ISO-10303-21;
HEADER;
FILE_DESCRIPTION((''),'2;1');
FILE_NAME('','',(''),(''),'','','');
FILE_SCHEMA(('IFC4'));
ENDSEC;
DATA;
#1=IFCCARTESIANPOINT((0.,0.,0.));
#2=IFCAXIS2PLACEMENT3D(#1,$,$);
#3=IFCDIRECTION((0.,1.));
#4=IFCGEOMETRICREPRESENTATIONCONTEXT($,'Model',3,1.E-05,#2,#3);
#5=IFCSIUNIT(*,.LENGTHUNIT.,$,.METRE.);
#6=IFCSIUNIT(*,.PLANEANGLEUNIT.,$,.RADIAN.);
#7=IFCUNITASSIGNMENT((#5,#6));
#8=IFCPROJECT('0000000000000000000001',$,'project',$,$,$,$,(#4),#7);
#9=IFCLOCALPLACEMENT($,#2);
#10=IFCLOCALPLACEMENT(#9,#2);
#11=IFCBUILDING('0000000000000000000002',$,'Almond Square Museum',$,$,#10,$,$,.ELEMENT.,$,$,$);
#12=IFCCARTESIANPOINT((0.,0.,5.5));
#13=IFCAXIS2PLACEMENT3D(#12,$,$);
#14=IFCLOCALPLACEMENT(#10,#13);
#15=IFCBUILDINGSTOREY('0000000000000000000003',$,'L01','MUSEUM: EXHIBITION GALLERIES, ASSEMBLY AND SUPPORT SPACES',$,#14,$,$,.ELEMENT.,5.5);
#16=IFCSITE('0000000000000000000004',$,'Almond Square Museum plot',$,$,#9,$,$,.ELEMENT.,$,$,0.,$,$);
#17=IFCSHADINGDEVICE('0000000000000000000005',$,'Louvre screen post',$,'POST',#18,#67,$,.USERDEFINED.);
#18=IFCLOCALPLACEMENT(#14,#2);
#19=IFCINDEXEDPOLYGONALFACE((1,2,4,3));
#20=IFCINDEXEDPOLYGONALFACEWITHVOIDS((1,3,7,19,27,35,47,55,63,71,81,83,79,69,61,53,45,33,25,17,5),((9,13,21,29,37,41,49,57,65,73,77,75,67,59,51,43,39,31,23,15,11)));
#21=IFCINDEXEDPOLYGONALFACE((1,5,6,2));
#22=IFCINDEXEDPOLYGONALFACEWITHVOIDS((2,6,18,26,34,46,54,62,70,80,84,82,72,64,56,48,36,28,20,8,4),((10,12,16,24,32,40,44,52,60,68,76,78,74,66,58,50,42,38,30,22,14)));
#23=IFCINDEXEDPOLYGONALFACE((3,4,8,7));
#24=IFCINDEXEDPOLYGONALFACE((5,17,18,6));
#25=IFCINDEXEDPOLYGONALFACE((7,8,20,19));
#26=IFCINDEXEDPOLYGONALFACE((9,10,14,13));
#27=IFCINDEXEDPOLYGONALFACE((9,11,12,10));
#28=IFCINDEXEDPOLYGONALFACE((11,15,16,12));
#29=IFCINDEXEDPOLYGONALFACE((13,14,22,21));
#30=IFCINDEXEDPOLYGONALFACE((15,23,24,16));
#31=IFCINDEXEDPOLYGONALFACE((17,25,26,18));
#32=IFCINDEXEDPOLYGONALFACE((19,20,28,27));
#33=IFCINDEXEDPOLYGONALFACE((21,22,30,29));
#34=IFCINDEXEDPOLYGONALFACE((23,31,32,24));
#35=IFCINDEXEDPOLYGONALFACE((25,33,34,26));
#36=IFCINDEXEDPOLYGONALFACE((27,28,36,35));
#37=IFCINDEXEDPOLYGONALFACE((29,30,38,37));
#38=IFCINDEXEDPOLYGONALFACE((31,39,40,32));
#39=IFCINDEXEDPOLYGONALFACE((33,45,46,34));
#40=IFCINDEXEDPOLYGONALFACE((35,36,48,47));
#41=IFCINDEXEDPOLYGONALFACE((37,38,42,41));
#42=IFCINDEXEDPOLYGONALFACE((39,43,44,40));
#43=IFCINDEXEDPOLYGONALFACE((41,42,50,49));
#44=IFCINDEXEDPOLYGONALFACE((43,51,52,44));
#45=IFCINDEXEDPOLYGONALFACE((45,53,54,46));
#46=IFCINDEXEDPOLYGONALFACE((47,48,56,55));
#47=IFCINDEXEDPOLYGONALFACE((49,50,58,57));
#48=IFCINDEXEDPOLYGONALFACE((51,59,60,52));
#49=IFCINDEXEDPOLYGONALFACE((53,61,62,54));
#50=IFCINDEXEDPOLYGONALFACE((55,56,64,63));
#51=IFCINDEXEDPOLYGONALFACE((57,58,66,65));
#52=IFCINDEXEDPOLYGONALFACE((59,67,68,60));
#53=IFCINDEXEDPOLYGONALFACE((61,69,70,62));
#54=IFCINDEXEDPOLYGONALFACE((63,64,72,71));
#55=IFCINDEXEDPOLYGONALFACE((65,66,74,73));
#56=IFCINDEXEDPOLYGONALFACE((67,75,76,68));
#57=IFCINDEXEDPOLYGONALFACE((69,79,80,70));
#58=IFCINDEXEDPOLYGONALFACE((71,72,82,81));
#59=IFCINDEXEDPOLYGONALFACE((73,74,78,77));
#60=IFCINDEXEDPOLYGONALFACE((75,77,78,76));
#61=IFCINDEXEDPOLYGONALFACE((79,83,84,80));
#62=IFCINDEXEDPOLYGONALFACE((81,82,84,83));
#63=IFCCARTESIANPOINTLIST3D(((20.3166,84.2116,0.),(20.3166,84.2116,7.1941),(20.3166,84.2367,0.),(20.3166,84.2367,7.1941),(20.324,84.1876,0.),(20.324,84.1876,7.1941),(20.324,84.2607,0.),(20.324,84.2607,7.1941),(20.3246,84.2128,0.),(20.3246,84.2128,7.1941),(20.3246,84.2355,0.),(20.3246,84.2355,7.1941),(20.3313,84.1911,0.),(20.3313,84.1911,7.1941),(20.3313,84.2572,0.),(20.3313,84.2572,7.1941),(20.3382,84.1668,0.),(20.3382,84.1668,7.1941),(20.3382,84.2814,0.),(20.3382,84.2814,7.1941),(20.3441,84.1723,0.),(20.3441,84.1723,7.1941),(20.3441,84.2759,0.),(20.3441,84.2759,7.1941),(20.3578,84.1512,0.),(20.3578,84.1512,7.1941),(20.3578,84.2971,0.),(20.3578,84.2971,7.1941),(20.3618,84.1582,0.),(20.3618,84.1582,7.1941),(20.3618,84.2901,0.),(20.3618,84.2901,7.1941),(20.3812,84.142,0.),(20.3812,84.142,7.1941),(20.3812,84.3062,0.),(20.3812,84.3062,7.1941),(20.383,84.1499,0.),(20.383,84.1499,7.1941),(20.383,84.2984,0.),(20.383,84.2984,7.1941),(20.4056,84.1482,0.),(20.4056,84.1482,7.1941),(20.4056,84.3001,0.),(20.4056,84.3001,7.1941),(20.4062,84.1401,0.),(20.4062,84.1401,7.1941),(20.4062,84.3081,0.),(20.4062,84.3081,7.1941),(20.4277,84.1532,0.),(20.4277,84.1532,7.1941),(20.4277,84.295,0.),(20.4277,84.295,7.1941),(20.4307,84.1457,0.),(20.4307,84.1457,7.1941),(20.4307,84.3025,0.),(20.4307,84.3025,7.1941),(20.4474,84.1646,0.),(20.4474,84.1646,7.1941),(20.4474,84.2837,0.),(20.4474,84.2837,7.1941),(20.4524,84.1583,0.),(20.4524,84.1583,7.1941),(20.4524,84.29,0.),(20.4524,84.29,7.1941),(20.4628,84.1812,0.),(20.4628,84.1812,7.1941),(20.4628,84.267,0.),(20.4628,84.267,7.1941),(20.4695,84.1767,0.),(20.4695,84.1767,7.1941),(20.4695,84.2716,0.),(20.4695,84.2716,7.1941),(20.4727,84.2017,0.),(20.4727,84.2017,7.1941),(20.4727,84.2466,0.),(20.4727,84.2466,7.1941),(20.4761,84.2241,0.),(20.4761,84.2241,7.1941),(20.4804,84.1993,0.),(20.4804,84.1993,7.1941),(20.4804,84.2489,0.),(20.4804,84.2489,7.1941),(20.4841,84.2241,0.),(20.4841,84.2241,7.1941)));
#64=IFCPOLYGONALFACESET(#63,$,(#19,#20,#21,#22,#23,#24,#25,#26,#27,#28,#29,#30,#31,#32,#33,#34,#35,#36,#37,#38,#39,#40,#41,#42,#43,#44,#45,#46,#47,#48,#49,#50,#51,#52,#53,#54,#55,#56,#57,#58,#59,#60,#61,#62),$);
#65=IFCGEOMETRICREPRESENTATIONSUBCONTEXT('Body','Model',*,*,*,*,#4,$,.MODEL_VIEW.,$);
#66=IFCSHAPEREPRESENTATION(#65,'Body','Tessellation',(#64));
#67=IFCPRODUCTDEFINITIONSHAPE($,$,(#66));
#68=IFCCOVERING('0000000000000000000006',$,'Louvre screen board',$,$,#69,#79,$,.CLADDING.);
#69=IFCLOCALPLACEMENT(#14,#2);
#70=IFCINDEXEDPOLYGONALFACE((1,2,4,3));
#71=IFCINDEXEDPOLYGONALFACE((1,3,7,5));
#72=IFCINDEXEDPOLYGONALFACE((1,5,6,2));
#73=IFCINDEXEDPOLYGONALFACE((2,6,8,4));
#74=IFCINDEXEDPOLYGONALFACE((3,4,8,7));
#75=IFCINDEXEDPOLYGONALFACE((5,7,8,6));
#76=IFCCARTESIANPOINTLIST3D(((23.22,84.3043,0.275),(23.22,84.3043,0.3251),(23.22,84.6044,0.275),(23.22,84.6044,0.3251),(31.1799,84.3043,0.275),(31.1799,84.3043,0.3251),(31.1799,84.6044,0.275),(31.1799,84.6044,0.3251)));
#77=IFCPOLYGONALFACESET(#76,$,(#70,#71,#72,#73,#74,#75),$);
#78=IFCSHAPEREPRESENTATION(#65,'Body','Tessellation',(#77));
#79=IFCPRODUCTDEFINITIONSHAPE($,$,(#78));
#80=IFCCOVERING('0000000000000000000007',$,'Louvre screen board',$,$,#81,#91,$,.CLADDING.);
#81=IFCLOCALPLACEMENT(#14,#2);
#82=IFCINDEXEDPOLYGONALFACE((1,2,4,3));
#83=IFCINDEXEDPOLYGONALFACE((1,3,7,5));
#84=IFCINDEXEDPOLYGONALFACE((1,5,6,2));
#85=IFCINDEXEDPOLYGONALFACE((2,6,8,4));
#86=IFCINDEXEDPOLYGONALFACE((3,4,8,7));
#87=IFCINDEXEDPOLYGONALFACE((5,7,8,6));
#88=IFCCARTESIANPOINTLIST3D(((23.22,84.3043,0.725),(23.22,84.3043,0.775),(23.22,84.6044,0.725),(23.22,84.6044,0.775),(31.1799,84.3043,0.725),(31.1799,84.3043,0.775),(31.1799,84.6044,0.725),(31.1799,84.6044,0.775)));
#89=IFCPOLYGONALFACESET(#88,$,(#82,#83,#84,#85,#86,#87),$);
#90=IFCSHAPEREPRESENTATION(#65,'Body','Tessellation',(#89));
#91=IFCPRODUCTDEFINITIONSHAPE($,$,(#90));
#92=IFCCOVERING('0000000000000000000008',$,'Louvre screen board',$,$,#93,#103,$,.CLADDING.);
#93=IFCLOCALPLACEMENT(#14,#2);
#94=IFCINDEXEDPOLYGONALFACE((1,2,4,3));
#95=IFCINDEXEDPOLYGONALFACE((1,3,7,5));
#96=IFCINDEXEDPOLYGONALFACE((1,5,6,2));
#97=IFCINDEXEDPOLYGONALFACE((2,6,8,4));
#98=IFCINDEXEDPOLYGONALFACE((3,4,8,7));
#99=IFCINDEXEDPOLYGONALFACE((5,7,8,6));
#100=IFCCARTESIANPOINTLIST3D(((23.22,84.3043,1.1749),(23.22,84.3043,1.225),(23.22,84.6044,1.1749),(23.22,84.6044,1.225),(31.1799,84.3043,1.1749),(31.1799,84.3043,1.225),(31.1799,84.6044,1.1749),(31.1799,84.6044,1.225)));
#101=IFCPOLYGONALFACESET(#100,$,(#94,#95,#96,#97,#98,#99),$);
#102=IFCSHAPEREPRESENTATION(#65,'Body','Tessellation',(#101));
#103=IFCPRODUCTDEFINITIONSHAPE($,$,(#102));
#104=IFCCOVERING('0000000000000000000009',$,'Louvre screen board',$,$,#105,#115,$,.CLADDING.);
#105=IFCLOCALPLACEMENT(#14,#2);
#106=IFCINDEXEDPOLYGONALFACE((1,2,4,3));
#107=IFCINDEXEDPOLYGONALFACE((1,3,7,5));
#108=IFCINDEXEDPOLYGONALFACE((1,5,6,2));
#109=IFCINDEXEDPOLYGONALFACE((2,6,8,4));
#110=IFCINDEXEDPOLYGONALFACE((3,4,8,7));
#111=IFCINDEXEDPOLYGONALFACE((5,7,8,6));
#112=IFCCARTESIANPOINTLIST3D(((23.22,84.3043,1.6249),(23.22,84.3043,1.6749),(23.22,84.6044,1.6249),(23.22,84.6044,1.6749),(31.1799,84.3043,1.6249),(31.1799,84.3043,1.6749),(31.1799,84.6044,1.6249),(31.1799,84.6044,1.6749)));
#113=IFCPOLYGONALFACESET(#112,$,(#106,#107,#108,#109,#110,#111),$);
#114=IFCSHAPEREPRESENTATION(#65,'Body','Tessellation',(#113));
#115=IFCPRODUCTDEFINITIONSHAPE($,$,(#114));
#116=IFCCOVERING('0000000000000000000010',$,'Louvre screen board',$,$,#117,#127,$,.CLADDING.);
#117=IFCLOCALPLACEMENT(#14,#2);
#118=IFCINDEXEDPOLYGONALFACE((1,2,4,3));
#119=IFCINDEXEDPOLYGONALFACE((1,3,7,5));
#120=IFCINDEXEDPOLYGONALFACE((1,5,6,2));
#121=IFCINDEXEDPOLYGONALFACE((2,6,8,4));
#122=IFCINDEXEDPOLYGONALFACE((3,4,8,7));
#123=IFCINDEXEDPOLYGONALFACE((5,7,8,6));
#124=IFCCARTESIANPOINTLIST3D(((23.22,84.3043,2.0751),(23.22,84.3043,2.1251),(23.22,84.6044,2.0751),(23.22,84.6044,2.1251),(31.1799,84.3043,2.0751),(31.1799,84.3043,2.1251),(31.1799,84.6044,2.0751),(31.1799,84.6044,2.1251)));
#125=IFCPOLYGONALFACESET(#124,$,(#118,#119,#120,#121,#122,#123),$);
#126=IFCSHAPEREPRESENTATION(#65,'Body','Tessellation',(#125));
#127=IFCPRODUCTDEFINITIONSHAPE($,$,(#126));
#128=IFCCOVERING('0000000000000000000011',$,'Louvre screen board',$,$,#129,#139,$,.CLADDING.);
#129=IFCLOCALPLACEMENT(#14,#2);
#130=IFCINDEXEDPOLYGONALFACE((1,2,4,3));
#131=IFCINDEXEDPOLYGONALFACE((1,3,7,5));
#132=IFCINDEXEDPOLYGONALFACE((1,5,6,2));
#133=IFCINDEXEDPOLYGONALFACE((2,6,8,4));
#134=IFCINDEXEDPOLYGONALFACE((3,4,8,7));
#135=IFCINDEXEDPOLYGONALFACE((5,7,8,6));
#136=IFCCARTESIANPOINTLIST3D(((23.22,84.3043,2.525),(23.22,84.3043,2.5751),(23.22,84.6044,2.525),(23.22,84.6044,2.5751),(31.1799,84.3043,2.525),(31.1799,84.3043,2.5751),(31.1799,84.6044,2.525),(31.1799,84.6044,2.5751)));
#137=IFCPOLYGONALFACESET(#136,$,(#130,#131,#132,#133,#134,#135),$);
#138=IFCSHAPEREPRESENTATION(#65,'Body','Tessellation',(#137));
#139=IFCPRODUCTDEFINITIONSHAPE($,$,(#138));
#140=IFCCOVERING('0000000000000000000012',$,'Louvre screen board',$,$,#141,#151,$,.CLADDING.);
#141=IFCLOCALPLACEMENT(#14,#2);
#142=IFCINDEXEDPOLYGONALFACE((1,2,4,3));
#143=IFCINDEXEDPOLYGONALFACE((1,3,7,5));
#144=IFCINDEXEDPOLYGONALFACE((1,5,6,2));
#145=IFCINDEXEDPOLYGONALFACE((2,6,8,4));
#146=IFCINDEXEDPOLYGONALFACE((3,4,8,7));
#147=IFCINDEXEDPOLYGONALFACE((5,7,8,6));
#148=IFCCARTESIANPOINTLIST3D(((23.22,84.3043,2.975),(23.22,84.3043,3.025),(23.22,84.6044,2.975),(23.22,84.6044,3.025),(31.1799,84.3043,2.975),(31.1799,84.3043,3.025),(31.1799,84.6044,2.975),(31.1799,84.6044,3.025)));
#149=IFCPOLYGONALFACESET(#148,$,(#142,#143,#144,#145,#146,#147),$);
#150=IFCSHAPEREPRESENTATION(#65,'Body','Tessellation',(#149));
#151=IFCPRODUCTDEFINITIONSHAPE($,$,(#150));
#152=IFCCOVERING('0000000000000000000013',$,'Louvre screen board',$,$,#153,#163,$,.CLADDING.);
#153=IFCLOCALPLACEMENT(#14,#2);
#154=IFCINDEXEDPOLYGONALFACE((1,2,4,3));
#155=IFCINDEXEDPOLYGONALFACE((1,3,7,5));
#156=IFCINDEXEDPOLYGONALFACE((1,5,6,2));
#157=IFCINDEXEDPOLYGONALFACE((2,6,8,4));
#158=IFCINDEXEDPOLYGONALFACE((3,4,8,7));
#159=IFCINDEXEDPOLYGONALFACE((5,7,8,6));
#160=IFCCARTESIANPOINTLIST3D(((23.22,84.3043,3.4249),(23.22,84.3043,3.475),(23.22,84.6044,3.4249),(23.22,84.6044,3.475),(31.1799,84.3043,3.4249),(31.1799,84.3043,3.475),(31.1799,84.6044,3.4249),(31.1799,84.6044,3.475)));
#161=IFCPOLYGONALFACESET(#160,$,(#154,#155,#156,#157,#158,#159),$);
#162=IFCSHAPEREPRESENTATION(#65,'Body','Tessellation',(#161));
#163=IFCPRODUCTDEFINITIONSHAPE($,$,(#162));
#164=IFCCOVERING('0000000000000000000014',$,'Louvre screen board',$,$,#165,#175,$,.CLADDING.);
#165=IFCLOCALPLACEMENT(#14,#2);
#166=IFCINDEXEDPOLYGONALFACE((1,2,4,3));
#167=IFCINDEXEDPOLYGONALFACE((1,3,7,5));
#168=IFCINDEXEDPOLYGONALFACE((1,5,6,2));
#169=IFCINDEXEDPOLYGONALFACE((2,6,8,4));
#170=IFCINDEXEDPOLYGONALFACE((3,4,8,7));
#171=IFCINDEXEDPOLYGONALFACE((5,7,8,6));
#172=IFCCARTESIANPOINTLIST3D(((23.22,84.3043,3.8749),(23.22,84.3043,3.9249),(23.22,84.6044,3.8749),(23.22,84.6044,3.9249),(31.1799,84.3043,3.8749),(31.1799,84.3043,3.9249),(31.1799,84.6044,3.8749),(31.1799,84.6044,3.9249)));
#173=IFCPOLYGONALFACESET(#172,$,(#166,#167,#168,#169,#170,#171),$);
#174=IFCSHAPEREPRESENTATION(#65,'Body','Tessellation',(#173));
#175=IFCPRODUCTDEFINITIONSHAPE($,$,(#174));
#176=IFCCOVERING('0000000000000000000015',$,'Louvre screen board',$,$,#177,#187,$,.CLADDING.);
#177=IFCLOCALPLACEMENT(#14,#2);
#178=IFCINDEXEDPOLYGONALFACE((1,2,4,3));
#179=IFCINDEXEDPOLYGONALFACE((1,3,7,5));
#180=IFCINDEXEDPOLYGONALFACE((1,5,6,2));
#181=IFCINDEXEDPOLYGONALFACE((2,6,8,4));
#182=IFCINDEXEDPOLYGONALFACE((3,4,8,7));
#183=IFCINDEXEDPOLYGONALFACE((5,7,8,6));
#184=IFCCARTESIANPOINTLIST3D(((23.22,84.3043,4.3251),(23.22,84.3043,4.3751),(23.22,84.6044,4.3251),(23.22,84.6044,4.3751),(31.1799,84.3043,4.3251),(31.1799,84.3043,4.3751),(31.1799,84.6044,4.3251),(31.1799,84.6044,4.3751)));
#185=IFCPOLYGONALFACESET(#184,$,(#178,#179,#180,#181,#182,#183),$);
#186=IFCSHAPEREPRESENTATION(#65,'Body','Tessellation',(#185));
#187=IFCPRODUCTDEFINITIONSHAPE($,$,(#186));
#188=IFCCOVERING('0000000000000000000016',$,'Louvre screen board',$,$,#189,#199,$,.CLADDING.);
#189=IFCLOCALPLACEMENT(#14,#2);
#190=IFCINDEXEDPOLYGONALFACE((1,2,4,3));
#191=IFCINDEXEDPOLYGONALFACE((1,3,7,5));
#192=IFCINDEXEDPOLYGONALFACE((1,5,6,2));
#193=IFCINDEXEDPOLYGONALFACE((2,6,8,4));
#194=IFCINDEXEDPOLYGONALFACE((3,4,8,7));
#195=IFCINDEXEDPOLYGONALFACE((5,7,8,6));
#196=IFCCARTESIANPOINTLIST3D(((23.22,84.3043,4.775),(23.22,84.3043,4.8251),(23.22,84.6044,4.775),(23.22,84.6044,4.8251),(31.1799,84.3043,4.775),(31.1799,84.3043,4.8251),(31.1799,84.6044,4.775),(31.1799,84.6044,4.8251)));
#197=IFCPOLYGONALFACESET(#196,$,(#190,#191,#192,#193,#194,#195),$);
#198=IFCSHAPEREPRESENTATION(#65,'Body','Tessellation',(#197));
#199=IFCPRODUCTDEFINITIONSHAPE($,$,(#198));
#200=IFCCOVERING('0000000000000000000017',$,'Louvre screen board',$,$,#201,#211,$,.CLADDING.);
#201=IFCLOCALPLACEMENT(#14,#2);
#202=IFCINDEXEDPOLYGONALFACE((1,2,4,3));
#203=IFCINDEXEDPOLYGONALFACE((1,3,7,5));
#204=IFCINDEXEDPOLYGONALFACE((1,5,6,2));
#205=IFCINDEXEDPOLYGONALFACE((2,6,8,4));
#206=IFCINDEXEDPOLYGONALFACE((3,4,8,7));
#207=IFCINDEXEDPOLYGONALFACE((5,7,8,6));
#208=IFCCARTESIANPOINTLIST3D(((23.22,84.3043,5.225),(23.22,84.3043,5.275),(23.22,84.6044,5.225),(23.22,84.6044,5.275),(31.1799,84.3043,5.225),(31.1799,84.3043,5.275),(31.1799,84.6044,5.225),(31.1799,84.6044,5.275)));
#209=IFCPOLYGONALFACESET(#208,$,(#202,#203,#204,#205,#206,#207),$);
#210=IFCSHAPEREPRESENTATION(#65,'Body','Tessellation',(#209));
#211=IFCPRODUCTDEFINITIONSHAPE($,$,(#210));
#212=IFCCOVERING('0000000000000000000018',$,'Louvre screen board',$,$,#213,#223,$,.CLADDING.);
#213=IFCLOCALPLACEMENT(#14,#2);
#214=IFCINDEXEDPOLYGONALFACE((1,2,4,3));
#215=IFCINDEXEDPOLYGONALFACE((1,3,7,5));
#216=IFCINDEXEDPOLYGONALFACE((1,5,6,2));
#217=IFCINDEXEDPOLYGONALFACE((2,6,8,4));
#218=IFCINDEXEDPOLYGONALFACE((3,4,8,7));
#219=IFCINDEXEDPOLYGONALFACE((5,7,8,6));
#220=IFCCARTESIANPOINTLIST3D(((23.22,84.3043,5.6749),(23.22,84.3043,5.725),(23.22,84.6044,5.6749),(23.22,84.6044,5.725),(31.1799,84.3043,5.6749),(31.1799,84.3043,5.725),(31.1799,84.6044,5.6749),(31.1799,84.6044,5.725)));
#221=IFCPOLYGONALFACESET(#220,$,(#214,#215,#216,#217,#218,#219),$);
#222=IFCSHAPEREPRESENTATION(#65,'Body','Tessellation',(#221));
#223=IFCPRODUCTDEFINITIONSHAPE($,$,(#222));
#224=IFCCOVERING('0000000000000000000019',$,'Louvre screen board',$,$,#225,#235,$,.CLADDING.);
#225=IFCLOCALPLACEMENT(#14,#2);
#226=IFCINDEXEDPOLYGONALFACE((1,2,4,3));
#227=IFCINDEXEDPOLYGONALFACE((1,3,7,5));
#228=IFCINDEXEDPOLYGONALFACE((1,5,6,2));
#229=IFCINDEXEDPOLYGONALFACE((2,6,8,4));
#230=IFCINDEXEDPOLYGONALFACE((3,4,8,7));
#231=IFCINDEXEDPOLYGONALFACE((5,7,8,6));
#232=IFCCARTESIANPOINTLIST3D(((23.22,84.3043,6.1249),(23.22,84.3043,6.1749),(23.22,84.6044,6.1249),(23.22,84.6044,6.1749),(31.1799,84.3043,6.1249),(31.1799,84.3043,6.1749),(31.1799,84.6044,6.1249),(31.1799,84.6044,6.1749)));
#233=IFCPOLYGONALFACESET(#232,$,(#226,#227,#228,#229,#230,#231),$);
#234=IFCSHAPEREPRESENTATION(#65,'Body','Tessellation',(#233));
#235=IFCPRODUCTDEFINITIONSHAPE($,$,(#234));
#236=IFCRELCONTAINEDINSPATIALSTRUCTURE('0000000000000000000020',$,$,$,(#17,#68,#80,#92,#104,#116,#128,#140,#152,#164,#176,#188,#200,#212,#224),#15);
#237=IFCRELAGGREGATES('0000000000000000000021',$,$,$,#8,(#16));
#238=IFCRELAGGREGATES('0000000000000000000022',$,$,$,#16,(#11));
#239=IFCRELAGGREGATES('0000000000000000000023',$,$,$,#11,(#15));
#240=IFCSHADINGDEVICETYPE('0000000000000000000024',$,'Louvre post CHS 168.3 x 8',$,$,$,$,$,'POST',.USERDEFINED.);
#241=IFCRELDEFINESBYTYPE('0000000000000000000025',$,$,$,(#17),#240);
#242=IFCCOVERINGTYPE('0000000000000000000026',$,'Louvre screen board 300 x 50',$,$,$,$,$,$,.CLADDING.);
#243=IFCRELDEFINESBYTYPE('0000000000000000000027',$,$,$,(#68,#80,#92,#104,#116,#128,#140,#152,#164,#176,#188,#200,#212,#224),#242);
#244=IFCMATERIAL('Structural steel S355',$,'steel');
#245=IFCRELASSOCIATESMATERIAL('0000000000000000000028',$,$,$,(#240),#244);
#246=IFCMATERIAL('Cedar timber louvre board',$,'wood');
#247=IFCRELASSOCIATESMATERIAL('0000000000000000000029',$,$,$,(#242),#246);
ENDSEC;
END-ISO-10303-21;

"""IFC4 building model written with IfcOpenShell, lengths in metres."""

from ifc_helpers import new_model, si_unit, direction, frame, origin, origin_2d, place, context, subcontext, project, spatial, rectangle, hollow_circle, extrude, material, material_profile, profile_set, type_object, element, save


model = new_model("IFC4")

# Units and contexts
model_context = context("Model", 3, precision=1e-05, world=origin(), true_north=direction((0.0, 1.0)))
body_context = subcontext(model_context, "Body", "Model", "MODEL_VIEW")
ifc_project = project(units=[si_unit("LENGTHUNIT", "METRE"), si_unit("PLANEANGLEUNIT", "RADIAN")], contexts=[model_context])

# Site, building, storey
site_placement = place(None, origin())
site = spatial("IfcSite", under=ifc_project, at=site_placement, Name="Almond Square Museum plot", CompositionType="ELEMENT", RefElevation=0.0)
building_placement = place(site_placement, origin())
building = spatial("IfcBuilding", under=site, at=building_placement, Name="Almond Square Museum", CompositionType="ELEMENT")
storey_placement = place(building_placement, frame((0.0, 0.0, 5.5)))
storey = spatial("IfcBuildingStorey", under=building, at=storey_placement, Name="L01", Description="MUSEUM: EXHIBITION GALLERIES, ASSEMBLY AND SUPPORT SPACES", CompositionType="ELEMENT", Elevation=5.5)

# Shading device
ifc_material_1 = material(Name="Structural steel S355", Category="steel")
ifc_material_profile_1 = material_profile(ifc_material_1, hollow_circle(Radius=0.0842, WallThickness=0.0081, at=origin_2d()))
ifc_profile_set_1 = profile_set([ifc_material_profile_1], Name="Structural steel S355")
shading_device_type_1 = type_object("IfcShadingDeviceType", Name="Louvre post CHS 168.3 x 8", ElementType="POST", PredefinedType="USERDEFINED", material=ifc_profile_set_1)
shading_device_placement = place(storey_placement, frame((20.3999, 84.2241, 0.0), z_axis=(0.0, 0.0, 1.0), x_axis=(1.0, 0.0, 0.0)))
element("IfcShadingDevice", 1, at=shading_device_placement, inside=storey, type_object=shading_device_type_1, Name="Louvre screen post", ObjectType="POST", PredefinedType="USERDEFINED", context=body_context, shape_type="SweptSolid", body=[
    extrude(hollow_circle(Radius=0.0842, WallThickness=0.0081, at=origin_2d()), origin(), (0.0, 0.0, 1.0), 7.1941),
])

# Coverings
ifc_material_2 = material(Name="Cedar timber louvre board", Category="wood")
ifc_material_profile_2 = material_profile(ifc_material_2, rectangle(XDim=0.3, YDim=0.05, at=origin_2d()))
ifc_profile_set_2 = profile_set([ifc_material_profile_2], Name="Cedar timber louvre board")
covering_type = type_object("IfcCoveringType", Name="Louvre screen board 300 x 50", PredefinedType="CLADDING", material=ifc_profile_set_2)
for number, where, z_axis, x_axis, name in (
    (2, (23.22, 84.4543, 0.3), (1.0, 0.0, 0.0), (0.0, 1.0, 0.0), "Louvre screen board"),
    (3, (23.22, 84.4543, 0.75), (1.0, 0.0, 0.0), (0.0, 1.0, 0.0), "Louvre screen board"),
    (4, (23.22, 84.4543, 1.2), (1.0, 0.0, 0.0), (0.0, 1.0, 0.0), "Louvre screen board"),
    (5, (23.22, 84.4543, 1.6499), (1.0, 0.0, 0.0), (0.0, 1.0, 0.0), "Louvre screen board"),
    (6, (23.22, 84.4543, 2.1001), (1.0, 0.0, 0.0), (0.0, 1.0, 0.0), "Louvre screen board"),
    (7, (23.22, 84.4543, 2.55), (1.0, 0.0, 0.0), (0.0, 1.0, 0.0), "Louvre screen board"),
    (8, (23.22, 84.4543, 3.0), (1.0, 0.0, 0.0), (0.0, 1.0, 0.0), "Louvre screen board"),
    (9, (23.22, 84.4543, 3.45), (1.0, 0.0, 0.0), (0.0, 1.0, 0.0), "Louvre screen board"),
    (10, (23.22, 84.4543, 3.8999), (1.0, 0.0, 0.0), (0.0, 1.0, 0.0), "Louvre screen board"),
    (11, (23.22, 84.4543, 4.3501), (1.0, 0.0, 0.0), (0.0, 1.0, 0.0), "Louvre screen board"),
    (12, (23.22, 84.4543, 4.8), (1.0, 0.0, 0.0), (0.0, 1.0, 0.0), "Louvre screen board"),
    (13, (23.22, 84.4543, 5.25), (1.0, 0.0, 0.0), (0.0, 1.0, 0.0), "Louvre screen board"),
    (14, (23.22, 84.4543, 5.7), (1.0, 0.0, 0.0), (0.0, 1.0, 0.0), "Louvre screen board"),
    (15, (23.22, 84.4543, 6.1499), (1.0, 0.0, 0.0), (0.0, 1.0, 0.0), "Louvre screen board"),
):
    element("IfcCovering", number, at=place(storey_placement, frame(where, z_axis=z_axis, x_axis=x_axis)), inside=storey, type_object=covering_type, Name=name, PredefinedType="CLADDING", context=body_context, shape_type="SweptSolid", body=[
        extrude(rectangle(XDim=0.3, YDim=0.05, at=origin_2d()), origin(), (0.0, 0.0, 1.0), 7.96),
    ])

save(model, "model.ifc")
